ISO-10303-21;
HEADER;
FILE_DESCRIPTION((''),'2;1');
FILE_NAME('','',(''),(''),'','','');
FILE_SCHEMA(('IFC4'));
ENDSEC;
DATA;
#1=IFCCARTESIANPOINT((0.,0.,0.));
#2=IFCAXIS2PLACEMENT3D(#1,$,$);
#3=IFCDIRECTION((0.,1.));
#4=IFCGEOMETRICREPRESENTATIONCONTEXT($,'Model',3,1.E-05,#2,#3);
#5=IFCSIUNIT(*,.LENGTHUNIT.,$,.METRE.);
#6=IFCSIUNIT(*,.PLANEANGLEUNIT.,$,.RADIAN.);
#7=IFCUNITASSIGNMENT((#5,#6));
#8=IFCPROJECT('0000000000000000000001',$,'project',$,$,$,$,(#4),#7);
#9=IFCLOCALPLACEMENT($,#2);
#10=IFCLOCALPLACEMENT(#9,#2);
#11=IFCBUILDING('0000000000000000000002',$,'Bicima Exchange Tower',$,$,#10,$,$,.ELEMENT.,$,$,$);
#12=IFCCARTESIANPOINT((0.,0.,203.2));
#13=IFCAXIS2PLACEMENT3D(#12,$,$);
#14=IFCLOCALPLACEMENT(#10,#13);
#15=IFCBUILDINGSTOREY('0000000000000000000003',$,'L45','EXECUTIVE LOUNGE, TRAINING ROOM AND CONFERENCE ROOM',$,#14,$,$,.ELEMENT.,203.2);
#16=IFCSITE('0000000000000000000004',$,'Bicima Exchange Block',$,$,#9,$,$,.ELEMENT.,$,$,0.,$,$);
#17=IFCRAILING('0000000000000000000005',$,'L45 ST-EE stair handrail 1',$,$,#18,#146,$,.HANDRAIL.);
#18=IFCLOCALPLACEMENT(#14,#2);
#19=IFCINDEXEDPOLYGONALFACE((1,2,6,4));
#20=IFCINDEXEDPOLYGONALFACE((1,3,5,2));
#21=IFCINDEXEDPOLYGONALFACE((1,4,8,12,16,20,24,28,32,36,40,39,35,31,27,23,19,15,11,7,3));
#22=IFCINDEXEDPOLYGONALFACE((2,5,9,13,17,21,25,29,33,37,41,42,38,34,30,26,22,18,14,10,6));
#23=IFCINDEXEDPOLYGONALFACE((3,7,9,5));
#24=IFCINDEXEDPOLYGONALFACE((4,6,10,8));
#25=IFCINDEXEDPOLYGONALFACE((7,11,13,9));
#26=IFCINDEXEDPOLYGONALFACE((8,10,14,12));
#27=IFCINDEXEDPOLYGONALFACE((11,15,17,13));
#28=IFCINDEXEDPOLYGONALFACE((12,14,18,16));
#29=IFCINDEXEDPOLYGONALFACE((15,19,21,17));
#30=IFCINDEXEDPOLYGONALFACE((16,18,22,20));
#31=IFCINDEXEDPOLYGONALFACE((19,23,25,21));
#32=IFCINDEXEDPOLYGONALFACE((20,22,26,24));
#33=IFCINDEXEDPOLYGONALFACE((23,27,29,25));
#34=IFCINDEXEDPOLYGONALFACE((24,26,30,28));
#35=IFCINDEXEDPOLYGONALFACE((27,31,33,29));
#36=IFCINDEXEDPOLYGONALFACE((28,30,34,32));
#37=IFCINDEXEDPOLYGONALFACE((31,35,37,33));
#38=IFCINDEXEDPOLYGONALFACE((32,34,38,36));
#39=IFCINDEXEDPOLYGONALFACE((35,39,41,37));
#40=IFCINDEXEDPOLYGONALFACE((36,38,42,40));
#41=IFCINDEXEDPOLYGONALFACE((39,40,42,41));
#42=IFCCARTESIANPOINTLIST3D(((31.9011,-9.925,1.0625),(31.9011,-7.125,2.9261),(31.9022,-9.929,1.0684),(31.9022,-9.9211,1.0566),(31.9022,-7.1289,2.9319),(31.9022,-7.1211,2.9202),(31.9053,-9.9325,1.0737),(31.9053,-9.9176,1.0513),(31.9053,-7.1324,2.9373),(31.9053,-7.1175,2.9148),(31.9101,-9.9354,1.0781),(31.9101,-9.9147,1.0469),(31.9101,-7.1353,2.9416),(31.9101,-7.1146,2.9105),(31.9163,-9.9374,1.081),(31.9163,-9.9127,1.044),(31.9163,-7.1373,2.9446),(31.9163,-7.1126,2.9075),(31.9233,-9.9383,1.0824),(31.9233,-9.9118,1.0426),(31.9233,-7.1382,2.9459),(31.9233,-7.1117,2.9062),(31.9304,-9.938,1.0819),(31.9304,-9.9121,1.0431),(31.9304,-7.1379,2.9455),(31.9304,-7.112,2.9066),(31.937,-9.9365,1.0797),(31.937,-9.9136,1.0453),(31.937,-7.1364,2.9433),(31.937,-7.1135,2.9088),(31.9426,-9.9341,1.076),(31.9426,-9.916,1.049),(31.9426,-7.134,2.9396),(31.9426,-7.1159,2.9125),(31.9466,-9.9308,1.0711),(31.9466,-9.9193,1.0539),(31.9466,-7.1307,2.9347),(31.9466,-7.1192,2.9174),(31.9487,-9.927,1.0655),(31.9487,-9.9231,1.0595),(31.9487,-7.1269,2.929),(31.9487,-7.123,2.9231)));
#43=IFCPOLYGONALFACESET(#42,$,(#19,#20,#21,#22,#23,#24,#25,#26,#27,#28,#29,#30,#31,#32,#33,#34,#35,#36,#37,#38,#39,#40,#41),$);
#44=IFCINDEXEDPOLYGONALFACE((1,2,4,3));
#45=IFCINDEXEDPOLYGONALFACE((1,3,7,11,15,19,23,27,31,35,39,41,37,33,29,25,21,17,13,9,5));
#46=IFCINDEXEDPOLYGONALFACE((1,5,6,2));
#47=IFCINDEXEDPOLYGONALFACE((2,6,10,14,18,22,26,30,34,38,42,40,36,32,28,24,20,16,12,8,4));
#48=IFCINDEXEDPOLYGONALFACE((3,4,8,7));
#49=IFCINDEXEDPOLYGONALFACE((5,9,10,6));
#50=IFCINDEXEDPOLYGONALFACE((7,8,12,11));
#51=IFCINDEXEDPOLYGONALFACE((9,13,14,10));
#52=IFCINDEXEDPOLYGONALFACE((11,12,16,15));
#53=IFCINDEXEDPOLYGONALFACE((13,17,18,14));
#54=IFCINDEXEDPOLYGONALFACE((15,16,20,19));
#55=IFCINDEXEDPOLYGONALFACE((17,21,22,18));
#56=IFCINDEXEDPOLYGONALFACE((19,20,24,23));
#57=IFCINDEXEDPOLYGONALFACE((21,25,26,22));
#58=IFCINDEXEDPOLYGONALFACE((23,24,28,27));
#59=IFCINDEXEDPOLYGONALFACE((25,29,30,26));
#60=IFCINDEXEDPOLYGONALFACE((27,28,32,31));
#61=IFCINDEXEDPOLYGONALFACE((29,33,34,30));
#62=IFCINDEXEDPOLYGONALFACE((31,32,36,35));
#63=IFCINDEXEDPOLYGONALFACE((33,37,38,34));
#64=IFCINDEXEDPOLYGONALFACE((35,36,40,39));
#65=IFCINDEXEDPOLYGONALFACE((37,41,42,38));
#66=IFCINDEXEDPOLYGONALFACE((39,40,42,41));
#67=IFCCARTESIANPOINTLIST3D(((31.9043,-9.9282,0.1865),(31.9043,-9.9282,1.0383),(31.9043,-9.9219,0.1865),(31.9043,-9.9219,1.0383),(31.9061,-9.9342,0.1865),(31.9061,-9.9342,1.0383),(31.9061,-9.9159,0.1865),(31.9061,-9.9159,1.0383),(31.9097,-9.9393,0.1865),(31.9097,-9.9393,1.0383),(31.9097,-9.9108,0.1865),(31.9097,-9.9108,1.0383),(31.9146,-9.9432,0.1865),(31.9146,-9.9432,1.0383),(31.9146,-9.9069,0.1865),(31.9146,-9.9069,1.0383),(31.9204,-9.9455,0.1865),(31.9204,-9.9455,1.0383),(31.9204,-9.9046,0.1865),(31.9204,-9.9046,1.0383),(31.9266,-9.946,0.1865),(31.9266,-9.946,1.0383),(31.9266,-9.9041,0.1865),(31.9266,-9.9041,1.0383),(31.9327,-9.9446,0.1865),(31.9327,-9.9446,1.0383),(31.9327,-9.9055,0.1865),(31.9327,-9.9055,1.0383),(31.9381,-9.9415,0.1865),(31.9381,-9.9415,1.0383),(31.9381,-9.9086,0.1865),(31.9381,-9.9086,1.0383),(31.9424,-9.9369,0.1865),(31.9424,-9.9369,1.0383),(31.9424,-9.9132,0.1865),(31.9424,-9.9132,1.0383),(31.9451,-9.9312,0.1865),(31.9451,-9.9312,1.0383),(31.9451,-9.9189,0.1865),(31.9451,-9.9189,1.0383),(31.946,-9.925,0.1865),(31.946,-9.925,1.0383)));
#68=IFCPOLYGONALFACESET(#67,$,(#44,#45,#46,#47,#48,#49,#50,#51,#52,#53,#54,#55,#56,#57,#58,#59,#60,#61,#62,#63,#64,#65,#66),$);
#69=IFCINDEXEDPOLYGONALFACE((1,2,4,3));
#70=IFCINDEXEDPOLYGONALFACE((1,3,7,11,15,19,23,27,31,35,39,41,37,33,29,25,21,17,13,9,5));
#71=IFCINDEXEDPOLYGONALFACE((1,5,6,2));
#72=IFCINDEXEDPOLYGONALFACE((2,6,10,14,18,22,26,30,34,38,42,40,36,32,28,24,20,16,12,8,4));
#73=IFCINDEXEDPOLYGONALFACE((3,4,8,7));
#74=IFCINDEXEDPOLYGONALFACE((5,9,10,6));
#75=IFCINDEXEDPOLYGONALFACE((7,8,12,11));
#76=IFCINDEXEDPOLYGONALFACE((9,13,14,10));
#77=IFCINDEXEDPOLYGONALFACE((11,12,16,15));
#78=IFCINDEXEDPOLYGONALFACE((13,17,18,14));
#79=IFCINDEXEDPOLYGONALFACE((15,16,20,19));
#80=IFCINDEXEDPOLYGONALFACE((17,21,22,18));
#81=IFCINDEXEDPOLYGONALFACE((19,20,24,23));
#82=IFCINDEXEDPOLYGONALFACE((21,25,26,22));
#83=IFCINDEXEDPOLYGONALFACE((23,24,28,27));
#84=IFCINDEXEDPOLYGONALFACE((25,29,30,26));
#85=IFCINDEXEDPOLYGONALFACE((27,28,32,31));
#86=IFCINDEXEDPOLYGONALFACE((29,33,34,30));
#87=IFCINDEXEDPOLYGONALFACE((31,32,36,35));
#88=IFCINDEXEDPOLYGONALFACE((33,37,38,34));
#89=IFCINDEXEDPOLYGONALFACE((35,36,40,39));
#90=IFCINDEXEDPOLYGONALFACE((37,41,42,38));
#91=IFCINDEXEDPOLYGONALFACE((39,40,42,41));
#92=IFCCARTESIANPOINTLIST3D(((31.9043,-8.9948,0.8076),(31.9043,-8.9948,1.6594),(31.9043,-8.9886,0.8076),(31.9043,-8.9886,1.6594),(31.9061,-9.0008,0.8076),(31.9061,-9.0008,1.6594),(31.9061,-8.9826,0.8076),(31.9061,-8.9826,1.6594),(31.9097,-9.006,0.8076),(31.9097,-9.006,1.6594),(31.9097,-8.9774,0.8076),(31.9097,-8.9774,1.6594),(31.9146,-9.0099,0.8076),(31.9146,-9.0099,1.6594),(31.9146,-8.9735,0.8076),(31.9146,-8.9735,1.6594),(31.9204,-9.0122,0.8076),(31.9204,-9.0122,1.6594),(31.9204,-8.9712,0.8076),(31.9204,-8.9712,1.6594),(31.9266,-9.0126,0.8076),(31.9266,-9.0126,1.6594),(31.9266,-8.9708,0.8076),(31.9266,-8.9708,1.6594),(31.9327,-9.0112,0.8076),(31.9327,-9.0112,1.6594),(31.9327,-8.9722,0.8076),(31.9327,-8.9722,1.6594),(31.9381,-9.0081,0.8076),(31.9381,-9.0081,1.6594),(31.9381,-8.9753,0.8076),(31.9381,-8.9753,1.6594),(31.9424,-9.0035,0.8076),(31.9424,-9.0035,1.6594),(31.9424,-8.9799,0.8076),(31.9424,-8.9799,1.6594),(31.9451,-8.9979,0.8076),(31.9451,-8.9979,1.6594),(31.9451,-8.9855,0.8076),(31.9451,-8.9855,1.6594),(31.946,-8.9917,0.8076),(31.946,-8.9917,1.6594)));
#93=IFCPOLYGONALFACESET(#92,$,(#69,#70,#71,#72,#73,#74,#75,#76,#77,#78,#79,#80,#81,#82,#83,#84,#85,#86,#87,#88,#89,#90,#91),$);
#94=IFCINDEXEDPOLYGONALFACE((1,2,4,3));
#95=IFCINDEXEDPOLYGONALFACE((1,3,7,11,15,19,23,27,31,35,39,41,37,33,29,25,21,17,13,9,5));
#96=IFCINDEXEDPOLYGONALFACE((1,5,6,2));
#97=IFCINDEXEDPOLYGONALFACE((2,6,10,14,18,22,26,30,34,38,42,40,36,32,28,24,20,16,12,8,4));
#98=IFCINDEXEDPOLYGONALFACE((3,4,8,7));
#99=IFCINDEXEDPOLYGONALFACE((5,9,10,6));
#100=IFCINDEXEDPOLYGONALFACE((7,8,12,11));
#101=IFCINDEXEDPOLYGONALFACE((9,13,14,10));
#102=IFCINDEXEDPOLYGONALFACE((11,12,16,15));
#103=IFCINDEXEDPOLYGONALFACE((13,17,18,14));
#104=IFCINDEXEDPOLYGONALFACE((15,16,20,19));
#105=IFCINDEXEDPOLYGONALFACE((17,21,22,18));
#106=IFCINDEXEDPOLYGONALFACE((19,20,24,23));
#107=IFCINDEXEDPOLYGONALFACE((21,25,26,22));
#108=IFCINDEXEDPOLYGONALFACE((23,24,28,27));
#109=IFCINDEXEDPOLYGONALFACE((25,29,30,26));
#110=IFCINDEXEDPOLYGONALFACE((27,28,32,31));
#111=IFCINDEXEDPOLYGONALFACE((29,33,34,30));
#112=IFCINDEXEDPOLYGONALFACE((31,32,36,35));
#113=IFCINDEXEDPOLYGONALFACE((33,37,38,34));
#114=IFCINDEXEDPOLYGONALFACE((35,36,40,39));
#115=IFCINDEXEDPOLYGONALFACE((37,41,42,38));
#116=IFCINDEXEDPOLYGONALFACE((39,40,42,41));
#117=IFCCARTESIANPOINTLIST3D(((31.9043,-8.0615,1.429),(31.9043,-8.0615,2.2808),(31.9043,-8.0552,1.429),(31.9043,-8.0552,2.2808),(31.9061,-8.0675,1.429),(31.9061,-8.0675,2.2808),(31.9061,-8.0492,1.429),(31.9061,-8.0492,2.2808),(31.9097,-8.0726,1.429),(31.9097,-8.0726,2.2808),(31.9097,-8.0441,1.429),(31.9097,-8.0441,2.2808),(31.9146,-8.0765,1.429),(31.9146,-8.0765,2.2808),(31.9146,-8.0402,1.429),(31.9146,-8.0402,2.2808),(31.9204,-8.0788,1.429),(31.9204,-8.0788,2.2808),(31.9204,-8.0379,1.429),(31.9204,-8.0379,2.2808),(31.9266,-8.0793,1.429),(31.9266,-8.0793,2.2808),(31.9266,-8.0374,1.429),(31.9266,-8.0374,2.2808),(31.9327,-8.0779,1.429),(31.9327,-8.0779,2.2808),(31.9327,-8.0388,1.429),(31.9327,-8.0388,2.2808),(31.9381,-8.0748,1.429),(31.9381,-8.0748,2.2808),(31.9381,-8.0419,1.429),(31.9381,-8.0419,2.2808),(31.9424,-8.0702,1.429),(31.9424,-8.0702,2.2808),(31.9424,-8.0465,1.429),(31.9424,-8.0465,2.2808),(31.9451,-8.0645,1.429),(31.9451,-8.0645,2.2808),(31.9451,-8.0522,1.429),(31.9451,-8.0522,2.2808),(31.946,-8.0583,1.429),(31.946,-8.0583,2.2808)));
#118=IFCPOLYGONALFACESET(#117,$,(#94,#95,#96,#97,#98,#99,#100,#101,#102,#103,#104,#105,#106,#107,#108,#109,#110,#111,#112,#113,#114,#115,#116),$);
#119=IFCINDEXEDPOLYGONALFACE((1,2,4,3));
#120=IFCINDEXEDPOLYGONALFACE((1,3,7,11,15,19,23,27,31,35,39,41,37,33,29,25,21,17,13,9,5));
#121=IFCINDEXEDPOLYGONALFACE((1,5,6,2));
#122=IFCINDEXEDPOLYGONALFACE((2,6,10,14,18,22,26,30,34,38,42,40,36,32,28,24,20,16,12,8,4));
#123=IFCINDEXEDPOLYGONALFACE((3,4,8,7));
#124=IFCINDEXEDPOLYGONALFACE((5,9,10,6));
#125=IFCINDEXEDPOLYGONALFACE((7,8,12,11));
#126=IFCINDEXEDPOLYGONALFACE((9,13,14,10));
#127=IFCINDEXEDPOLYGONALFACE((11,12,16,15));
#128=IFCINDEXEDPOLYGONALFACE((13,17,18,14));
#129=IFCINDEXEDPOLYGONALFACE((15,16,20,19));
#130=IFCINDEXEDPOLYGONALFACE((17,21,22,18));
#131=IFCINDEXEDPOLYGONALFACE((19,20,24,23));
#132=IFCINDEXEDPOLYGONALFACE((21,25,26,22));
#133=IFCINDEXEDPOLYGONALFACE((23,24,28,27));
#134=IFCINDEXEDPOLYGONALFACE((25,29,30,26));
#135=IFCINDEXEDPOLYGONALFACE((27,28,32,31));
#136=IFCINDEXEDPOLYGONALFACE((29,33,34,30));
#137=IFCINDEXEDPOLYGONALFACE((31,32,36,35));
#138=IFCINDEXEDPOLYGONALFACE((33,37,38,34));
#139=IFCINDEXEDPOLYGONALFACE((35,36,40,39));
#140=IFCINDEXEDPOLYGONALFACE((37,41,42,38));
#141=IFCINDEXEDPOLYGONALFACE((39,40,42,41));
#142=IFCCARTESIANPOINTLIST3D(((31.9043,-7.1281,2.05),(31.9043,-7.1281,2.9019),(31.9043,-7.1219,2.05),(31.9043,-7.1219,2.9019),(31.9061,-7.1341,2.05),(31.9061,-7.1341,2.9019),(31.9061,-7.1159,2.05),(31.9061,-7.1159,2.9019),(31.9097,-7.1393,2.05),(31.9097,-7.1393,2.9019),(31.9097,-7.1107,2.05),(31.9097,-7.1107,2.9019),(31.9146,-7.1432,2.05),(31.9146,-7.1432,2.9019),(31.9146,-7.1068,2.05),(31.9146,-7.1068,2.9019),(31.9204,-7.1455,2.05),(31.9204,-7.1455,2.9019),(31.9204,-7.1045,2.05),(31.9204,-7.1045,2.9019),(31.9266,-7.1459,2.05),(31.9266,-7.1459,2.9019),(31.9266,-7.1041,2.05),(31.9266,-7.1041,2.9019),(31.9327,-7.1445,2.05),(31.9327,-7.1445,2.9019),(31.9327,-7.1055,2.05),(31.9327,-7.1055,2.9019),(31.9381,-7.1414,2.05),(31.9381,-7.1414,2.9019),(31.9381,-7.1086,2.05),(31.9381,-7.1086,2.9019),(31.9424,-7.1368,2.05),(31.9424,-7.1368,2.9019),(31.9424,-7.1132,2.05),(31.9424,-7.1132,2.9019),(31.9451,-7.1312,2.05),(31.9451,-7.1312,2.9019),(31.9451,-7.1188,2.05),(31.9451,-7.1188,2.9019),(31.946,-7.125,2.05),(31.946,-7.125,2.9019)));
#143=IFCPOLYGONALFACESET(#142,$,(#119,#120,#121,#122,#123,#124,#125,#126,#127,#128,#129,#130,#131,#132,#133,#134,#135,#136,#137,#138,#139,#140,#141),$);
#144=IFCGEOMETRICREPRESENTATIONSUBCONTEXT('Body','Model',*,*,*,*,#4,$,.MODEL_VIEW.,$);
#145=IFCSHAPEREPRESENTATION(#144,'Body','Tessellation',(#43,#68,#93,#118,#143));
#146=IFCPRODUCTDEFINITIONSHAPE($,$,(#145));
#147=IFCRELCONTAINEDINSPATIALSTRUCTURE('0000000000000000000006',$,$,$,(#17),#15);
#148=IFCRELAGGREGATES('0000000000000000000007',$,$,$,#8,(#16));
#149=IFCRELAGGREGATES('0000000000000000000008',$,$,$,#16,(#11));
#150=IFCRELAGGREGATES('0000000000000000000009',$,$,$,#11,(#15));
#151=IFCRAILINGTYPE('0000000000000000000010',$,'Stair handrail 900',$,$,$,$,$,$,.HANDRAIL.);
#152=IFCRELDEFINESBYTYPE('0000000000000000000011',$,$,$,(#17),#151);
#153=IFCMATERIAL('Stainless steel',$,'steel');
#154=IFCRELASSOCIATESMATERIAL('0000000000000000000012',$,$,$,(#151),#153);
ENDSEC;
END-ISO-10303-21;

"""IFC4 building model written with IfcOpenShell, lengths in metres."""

from ifc_helpers import new_model, si_unit, direction, frame, origin, origin_2d, place, context, subcontext, project, spatial, circle, extrude, material, type_object, element, save


model = new_model("IFC4")

# Units and contexts
model_context = context("Model", 3, precision=1e-05, world=origin(), true_north=direction((0.0, 1.0)))
body_context = subcontext(model_context, "Body", "Model", "MODEL_VIEW")
ifc_project = project(units=[si_unit("LENGTHUNIT", "METRE"), si_unit("PLANEANGLEUNIT", "RADIAN")], contexts=[model_context])

# Site, building, storey
site_placement = place(None, origin())
site = spatial("IfcSite", under=ifc_project, at=site_placement, Name="Bicima Exchange Block", CompositionType="ELEMENT", RefElevation=0.0)
building_placement = place(site_placement, origin())
building = spatial("IfcBuilding", under=site, at=building_placement, Name="Bicima Exchange Tower", CompositionType="ELEMENT")
storey_placement = place(building_placement, frame((0.0, 0.0, 203.2)))
storey = spatial("IfcBuildingStorey", under=building, at=storey_placement, Name="L45", Description="EXECUTIVE LOUNGE, TRAINING ROOM AND CONFERENCE ROOM", CompositionType="ELEMENT", Elevation=203.2)

# Railing
ifc_material_1 = material(Name="Stainless steel", Category="steel")
railing_type = type_object("IfcRailingType", Name="Stair handrail 900", PredefinedType="HANDRAIL", material=ifc_material_1)
railing_placement = place(storey_placement, frame((31.925, -9.925, 0.1865)))
element("IfcRailing", 1, at=railing_placement, inside=storey, type_object=railing_type, Name="L45 ST-EE stair handrail 1", PredefinedType="HANDRAIL", context=body_context, shape_type="SweptSolid", body=[
    extrude(circle(Radius=0.0239, at=origin_2d()), frame((0.0, 0.0, 0.876), z_axis=(0.0, 0.832486, 0.554047), x_axis=(-1.0, 0.0, 0.0)), (0.0, 0.0, 1.0), 3.3635),
    extrude(circle(Radius=0.021, at=origin_2d()), origin(), (0.0, 0.0, 1.0), 0.8518),
    extrude(circle(Radius=0.021, at=origin_2d()), frame((0.0, 0.9333, 0.6211)), (0.0, 0.0, 1.0), 0.8518),
    extrude(circle(Radius=0.021, at=origin_2d()), frame((0.0, 1.8667, 1.2424)), (0.0, 0.0, 1.0), 0.8518),
    extrude(circle(Radius=0.021, at=origin_2d()), frame((0.0, 2.8, 1.8635)), (0.0, 0.0, 1.0), 0.8518),
])

save(model, "model.ifc")
